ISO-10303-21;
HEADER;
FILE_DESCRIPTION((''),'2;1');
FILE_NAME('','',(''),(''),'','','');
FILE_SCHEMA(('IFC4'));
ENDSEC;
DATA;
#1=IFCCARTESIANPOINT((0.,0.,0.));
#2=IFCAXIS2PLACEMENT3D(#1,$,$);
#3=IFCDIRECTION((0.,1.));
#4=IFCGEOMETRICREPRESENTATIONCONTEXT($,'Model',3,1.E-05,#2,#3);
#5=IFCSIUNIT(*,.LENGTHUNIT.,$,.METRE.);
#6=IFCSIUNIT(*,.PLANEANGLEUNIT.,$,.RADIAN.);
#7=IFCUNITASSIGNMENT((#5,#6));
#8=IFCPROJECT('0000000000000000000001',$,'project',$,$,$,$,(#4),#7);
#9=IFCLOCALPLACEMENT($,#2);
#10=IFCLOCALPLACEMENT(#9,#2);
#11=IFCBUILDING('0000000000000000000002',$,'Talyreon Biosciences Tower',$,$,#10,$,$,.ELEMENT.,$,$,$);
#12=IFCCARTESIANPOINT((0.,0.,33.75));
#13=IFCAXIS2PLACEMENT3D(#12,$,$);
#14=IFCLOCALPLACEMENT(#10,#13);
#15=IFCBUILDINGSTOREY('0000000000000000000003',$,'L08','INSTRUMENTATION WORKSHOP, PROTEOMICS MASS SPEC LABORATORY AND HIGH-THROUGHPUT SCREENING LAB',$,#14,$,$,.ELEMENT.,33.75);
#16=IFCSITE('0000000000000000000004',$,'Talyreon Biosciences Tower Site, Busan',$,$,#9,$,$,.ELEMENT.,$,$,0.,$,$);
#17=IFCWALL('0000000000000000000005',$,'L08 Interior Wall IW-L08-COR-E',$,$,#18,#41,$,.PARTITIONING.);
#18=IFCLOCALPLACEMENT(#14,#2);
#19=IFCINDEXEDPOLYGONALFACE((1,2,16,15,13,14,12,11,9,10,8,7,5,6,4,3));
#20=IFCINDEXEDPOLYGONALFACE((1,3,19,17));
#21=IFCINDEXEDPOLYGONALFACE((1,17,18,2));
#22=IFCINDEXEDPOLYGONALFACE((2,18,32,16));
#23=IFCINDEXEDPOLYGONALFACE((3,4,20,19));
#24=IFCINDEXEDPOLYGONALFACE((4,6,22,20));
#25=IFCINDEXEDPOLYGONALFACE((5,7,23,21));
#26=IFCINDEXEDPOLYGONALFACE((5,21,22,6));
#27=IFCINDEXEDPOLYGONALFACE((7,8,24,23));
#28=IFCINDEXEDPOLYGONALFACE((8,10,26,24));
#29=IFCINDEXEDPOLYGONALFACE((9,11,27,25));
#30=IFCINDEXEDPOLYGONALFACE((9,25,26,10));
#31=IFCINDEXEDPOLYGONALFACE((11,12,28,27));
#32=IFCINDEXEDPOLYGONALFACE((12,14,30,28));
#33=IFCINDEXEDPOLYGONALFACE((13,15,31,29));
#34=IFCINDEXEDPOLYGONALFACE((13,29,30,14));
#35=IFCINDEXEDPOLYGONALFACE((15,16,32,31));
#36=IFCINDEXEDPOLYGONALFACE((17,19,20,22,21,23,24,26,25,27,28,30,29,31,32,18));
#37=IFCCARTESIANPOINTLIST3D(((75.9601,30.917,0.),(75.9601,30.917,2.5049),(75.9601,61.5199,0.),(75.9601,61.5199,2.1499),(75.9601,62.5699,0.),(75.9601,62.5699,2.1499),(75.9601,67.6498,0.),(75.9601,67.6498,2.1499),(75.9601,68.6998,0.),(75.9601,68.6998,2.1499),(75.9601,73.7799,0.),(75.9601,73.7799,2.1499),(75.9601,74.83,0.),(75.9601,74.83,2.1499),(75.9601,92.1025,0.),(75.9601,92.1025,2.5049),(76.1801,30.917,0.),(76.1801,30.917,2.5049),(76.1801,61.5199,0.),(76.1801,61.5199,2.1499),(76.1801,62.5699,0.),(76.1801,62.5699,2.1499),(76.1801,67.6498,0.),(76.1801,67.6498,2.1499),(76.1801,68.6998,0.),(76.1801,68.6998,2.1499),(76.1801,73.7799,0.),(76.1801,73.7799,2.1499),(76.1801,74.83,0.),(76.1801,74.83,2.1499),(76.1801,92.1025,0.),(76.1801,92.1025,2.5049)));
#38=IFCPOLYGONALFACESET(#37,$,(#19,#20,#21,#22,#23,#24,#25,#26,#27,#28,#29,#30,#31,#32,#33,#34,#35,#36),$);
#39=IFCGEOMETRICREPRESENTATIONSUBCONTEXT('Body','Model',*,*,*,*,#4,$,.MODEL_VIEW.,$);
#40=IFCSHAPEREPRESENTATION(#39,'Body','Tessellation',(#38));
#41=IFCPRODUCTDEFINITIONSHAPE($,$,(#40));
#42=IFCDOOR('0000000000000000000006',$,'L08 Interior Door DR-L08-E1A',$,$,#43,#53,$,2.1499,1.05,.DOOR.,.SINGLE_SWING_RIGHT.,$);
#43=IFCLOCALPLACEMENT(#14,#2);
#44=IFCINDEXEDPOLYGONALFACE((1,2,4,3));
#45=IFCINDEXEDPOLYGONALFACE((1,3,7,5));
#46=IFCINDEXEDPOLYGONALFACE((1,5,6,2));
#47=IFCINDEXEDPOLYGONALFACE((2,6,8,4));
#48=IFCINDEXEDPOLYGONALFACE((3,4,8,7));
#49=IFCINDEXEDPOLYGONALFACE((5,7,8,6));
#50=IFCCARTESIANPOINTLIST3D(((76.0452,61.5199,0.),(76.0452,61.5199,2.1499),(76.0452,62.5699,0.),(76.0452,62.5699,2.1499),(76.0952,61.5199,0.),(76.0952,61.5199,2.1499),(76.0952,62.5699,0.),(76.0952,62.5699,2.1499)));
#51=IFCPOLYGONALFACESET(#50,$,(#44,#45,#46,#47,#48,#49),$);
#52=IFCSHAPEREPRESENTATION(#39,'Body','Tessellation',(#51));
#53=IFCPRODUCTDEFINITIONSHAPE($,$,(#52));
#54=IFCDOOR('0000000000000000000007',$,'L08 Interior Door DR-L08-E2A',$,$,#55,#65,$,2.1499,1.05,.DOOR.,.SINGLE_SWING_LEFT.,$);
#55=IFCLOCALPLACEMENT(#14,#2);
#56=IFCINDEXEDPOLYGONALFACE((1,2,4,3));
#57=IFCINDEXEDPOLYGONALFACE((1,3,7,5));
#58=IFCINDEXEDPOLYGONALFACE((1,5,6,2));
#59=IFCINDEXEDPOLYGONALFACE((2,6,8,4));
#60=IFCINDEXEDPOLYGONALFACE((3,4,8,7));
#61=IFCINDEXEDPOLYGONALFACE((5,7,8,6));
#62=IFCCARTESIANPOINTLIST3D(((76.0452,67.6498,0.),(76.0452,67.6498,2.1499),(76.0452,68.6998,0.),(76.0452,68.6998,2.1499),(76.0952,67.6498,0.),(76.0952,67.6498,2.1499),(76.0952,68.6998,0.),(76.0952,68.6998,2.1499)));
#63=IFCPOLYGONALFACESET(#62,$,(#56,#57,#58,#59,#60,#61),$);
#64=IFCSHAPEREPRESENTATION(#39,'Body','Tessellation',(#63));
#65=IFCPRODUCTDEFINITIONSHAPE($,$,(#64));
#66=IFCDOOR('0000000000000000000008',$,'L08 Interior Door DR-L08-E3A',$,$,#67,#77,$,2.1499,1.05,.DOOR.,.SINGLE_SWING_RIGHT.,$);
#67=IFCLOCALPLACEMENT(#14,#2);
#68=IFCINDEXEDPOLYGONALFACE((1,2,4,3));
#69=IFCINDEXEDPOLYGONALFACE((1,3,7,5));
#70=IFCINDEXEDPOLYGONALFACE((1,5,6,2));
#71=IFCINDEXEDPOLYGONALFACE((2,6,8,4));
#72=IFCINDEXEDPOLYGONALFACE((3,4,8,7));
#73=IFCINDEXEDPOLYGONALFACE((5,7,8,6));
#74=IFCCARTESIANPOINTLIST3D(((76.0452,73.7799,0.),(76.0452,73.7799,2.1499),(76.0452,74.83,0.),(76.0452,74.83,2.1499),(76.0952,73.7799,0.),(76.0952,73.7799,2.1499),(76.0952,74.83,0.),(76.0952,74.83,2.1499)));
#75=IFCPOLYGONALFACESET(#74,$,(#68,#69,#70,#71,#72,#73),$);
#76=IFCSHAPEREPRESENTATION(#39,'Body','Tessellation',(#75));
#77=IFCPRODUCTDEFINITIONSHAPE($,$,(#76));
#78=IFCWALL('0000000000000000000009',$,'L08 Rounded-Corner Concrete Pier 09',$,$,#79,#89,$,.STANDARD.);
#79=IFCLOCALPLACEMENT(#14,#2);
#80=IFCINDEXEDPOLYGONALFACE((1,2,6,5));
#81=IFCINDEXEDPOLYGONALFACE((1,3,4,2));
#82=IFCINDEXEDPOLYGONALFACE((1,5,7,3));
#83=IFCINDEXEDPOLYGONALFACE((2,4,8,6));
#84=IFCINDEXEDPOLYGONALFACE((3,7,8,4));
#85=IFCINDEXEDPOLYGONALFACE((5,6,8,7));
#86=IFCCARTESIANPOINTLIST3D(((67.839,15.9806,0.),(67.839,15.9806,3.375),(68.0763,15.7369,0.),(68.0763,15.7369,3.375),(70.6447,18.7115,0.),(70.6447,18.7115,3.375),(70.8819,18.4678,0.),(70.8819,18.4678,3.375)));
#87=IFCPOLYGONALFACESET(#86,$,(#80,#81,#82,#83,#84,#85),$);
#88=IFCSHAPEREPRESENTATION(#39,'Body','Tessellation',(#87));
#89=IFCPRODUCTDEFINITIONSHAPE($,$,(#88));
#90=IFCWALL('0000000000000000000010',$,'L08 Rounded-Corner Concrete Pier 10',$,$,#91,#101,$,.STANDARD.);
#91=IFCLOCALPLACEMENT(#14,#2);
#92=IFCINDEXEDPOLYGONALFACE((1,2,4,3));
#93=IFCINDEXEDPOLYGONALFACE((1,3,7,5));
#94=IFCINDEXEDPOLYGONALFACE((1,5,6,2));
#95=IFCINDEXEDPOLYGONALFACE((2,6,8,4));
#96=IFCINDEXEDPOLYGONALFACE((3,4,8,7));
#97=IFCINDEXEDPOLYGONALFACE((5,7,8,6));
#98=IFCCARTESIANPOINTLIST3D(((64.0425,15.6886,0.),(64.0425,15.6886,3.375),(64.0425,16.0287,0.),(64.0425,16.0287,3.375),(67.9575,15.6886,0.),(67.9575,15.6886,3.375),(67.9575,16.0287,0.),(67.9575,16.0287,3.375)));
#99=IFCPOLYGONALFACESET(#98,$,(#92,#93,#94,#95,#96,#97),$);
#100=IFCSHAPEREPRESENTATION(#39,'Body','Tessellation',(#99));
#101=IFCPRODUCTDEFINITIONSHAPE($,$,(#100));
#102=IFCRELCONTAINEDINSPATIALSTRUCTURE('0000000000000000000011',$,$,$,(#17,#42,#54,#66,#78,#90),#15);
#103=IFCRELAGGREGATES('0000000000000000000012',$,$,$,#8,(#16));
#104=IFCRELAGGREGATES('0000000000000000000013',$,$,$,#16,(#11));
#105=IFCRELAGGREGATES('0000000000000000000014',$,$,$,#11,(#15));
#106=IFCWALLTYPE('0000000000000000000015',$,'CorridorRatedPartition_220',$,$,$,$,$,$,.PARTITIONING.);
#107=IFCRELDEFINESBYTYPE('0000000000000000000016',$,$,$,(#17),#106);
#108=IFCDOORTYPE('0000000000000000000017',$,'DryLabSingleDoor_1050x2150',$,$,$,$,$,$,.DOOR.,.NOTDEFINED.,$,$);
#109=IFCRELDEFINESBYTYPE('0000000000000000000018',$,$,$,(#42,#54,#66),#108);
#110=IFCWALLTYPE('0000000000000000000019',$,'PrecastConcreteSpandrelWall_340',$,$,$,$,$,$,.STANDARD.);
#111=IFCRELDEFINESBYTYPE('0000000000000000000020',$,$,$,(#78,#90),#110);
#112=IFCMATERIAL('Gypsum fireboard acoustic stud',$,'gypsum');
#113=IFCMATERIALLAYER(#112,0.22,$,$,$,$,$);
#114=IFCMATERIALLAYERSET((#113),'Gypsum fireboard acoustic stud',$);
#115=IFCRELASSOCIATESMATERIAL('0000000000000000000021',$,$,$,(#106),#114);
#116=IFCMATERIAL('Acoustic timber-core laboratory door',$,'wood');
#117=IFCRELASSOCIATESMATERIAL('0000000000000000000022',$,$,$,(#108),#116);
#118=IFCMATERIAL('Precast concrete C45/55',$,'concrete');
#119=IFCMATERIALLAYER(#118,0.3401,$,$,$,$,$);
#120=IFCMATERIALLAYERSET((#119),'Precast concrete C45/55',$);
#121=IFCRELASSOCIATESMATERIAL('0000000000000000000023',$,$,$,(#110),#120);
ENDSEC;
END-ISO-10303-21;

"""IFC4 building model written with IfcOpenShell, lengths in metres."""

from ifc_helpers import new_model, si_unit, direction, frame, frame_2d, origin, place, context, subcontext, project, spatial, rectangle, extrude, material, layer, layer_set, type_object, element, fill, save


model = new_model("IFC4")

# Units and contexts
model_context = context("Model", 3, precision=1e-05, world=origin(), true_north=direction((0.0, 1.0)))
body_context = subcontext(model_context, "Body", "Model", "MODEL_VIEW")
ifc_project = project(units=[si_unit("LENGTHUNIT", "METRE"), si_unit("PLANEANGLEUNIT", "RADIAN")], contexts=[model_context])

# Site, building, storey
site_placement = place(None, origin())
site = spatial("IfcSite", under=ifc_project, at=site_placement, Name="Talyreon Biosciences Tower Site, Busan", CompositionType="ELEMENT", RefElevation=0.0)
building_placement = place(site_placement, origin())
building = spatial("IfcBuilding", under=site, at=building_placement, Name="Talyreon Biosciences Tower", CompositionType="ELEMENT")
storey_placement = place(building_placement, frame((0.0, 0.0, 33.75)))
storey = spatial("IfcBuildingStorey", under=building, at=storey_placement, Name="L08", Description="INSTRUMENTATION WORKSHOP, PROTEOMICS MASS SPEC LABORATORY AND HIGH-THROUGHPUT SCREENING LAB", CompositionType="ELEMENT", Elevation=33.75)

# Shared definitions
ifc_material_1 = material(Name="Precast concrete C45/55", Category="concrete")

# Wall, openings, doors
ifc_material_2 = material(Name="Gypsum fireboard acoustic stud", Category="gypsum")
ifc_layer_1 = layer(ifc_material_2, 0.22)
ifc_layer_set_1 = layer_set([ifc_layer_1], Name="Gypsum fireboard acoustic stud")
wall_type_1 = type_object("IfcWallType", Name="CorridorRatedPartition_220", PredefinedType="PARTITIONING", material=ifc_layer_set_1)
wall_1_placement = place(storey_placement, frame((76.0701, 30.917, 0.0), z_axis=(0.0, 0.0, 1.0), x_axis=(0.0, 1.0, 0.0)))
wall_1 = element("IfcWall", 1, at=wall_1_placement, inside=storey, type_object=wall_type_1, Name="L08 Interior Wall IW-L08-COR-E", PredefinedType="PARTITIONING", context=body_context, shape_type="SweptSolid", body=[
    extrude(rectangle(XDim=61.1855, YDim=0.22, at=frame_2d((30.5928, 0.0))), origin(), (0.0, 0.0, 1.0), 2.5049),
])
opening_1_placement = place(wall_1_placement, frame((30.603, 0.0, 0.0)))
opening_1 = element("IfcOpeningElement", 2, at=opening_1_placement, cuts=wall_1, PredefinedType="OPENING", context=body_context, shape_type="SweptSolid", body=[
    extrude(rectangle(XDim=1.05, YDim=2.1499, at=frame_2d((0.5249, 1.075))), frame((0.0, 0.1199, 0.0), z_axis=(0.0, -1.0, 0.0), x_axis=(1.0, 0.0, 0.0)), (0.0, 0.0, 1.0), 0.24),
])
opening_2_placement = place(wall_1_placement, frame((36.7329, 0.0, 0.0)))
opening_2 = element("IfcOpeningElement", 3, at=opening_2_placement, cuts=wall_1, PredefinedType="OPENING", context=body_context, shape_type="SweptSolid", body=[
    extrude(rectangle(XDim=1.05, YDim=2.1499, at=frame_2d((0.5249, 1.075))), frame((0.0, 0.1199, 0.0), z_axis=(0.0, -1.0, 0.0), x_axis=(1.0, 0.0, 0.0)), (0.0, 0.0, 1.0), 0.24),
])
opening_3_placement = place(wall_1_placement, frame((42.863, 0.0, 0.0)))
opening_3 = element("IfcOpeningElement", 4, at=opening_3_placement, cuts=wall_1, PredefinedType="OPENING", context=body_context, shape_type="SweptSolid", body=[
    extrude(rectangle(XDim=1.05, YDim=2.1499, at=frame_2d((0.5249, 1.075))), frame((0.0, 0.1199, 0.0), z_axis=(0.0, -1.0, 0.0), x_axis=(1.0, 0.0, 0.0)), (0.0, 0.0, 1.0), 0.24),
])
ifc_material_3 = material(Name="Acoustic timber-core laboratory door", Category="wood")
door_type = type_object("IfcDoorType", Name="DryLabSingleDoor_1050x2150", OperationType="NOTDEFINED", PredefinedType="DOOR", material=ifc_material_3)
door_1_placement = place(opening_1_placement, origin())
door_1 = element("IfcDoor", 5, at=door_1_placement, inside=storey, type_object=door_type, Name="L08 Interior Door DR-L08-E1A", OperationType="SINGLE_SWING_RIGHT", OverallHeight=2.1499, OverallWidth=1.05, PredefinedType="DOOR", context=body_context, shape_type="SweptSolid", body=[
    extrude(rectangle(XDim=1.05, YDim=2.1499, at=frame_2d((0.5249, 1.075))), frame((0.0, 0.0249, 0.0), z_axis=(0.0, -1.0, 0.0), x_axis=(1.0, 0.0, 0.0)), (0.0, 0.0, 1.0), 0.05),
])
fill(opening_1, door_1)
door_2_placement = place(opening_2_placement, origin())
door_2 = element("IfcDoor", 6, at=door_2_placement, inside=storey, type_object=door_type, Name="L08 Interior Door DR-L08-E2A", OperationType="SINGLE_SWING_LEFT", OverallHeight=2.1499, OverallWidth=1.05, PredefinedType="DOOR", context=body_context, shape_type="SweptSolid", body=[
    extrude(rectangle(XDim=1.05, YDim=2.1499, at=frame_2d((0.5249, 1.075))), frame((0.0, 0.0249, 0.0), z_axis=(0.0, -1.0, 0.0), x_axis=(1.0, 0.0, 0.0)), (0.0, 0.0, 1.0), 0.05),
])
fill(opening_2, door_2)
door_3_placement = place(opening_3_placement, origin())
door_3 = element("IfcDoor", 7, at=door_3_placement, inside=storey, type_object=door_type, Name="L08 Interior Door DR-L08-E3A", OperationType="SINGLE_SWING_RIGHT", OverallHeight=2.1499, OverallWidth=1.05, PredefinedType="DOOR", context=body_context, shape_type="SweptSolid", body=[
    extrude(rectangle(XDim=1.05, YDim=2.1499, at=frame_2d((0.5249, 1.075))), frame((0.0, 0.0249, 0.0), z_axis=(0.0, -1.0, 0.0), x_axis=(1.0, 0.0, 0.0)), (0.0, 0.0, 1.0), 0.05),
])
fill(opening_3, door_3)

# Walls
ifc_layer_2 = layer(ifc_material_1, 0.3401)
ifc_layer_set_2 = layer_set([ifc_layer_2], Name="Precast concrete C45/55")
wall_type_2 = type_object("IfcWallType", Name="PrecastConcreteSpandrelWall_340", PredefinedType="STANDARD", material=ifc_layer_set_2)
wall_2_placement = place(storey_placement, frame((70.7632, 18.5896, 0.0), z_axis=(0.0, 0.0, 1.0), x_axis=(-0.716583, -0.697502, 0.0)))
element("IfcWall", 8, at=wall_2_placement, inside=storey, type_object=wall_type_2, Name="L08 Rounded-Corner Concrete Pier 09", PredefinedType="STANDARD", context=body_context, shape_type="SweptSolid", body=[
    extrude(rectangle(XDim=3.9153, YDim=0.3401, at=frame_2d((1.9575, 0.0))), origin(), (0.0, 0.0, 1.0), 3.375),
])
wall_3_placement = place(storey_placement, frame((67.9575, 15.8586, 0.0), z_axis=(0.0, 0.0, 1.0), x_axis=(-1.0, 0.0, 0.0)))
element("IfcWall", 9, at=wall_3_placement, inside=storey, type_object=wall_type_2, Name="L08 Rounded-Corner Concrete Pier 10", PredefinedType="STANDARD", context=body_context, shape_type="SweptSolid", body=[
    extrude(rectangle(XDim=3.915, YDim=0.3401, at=frame_2d((1.9575, 0.0))), origin(), (0.0, 0.0, 1.0), 3.375),
])

save(model, "model.ifc")
